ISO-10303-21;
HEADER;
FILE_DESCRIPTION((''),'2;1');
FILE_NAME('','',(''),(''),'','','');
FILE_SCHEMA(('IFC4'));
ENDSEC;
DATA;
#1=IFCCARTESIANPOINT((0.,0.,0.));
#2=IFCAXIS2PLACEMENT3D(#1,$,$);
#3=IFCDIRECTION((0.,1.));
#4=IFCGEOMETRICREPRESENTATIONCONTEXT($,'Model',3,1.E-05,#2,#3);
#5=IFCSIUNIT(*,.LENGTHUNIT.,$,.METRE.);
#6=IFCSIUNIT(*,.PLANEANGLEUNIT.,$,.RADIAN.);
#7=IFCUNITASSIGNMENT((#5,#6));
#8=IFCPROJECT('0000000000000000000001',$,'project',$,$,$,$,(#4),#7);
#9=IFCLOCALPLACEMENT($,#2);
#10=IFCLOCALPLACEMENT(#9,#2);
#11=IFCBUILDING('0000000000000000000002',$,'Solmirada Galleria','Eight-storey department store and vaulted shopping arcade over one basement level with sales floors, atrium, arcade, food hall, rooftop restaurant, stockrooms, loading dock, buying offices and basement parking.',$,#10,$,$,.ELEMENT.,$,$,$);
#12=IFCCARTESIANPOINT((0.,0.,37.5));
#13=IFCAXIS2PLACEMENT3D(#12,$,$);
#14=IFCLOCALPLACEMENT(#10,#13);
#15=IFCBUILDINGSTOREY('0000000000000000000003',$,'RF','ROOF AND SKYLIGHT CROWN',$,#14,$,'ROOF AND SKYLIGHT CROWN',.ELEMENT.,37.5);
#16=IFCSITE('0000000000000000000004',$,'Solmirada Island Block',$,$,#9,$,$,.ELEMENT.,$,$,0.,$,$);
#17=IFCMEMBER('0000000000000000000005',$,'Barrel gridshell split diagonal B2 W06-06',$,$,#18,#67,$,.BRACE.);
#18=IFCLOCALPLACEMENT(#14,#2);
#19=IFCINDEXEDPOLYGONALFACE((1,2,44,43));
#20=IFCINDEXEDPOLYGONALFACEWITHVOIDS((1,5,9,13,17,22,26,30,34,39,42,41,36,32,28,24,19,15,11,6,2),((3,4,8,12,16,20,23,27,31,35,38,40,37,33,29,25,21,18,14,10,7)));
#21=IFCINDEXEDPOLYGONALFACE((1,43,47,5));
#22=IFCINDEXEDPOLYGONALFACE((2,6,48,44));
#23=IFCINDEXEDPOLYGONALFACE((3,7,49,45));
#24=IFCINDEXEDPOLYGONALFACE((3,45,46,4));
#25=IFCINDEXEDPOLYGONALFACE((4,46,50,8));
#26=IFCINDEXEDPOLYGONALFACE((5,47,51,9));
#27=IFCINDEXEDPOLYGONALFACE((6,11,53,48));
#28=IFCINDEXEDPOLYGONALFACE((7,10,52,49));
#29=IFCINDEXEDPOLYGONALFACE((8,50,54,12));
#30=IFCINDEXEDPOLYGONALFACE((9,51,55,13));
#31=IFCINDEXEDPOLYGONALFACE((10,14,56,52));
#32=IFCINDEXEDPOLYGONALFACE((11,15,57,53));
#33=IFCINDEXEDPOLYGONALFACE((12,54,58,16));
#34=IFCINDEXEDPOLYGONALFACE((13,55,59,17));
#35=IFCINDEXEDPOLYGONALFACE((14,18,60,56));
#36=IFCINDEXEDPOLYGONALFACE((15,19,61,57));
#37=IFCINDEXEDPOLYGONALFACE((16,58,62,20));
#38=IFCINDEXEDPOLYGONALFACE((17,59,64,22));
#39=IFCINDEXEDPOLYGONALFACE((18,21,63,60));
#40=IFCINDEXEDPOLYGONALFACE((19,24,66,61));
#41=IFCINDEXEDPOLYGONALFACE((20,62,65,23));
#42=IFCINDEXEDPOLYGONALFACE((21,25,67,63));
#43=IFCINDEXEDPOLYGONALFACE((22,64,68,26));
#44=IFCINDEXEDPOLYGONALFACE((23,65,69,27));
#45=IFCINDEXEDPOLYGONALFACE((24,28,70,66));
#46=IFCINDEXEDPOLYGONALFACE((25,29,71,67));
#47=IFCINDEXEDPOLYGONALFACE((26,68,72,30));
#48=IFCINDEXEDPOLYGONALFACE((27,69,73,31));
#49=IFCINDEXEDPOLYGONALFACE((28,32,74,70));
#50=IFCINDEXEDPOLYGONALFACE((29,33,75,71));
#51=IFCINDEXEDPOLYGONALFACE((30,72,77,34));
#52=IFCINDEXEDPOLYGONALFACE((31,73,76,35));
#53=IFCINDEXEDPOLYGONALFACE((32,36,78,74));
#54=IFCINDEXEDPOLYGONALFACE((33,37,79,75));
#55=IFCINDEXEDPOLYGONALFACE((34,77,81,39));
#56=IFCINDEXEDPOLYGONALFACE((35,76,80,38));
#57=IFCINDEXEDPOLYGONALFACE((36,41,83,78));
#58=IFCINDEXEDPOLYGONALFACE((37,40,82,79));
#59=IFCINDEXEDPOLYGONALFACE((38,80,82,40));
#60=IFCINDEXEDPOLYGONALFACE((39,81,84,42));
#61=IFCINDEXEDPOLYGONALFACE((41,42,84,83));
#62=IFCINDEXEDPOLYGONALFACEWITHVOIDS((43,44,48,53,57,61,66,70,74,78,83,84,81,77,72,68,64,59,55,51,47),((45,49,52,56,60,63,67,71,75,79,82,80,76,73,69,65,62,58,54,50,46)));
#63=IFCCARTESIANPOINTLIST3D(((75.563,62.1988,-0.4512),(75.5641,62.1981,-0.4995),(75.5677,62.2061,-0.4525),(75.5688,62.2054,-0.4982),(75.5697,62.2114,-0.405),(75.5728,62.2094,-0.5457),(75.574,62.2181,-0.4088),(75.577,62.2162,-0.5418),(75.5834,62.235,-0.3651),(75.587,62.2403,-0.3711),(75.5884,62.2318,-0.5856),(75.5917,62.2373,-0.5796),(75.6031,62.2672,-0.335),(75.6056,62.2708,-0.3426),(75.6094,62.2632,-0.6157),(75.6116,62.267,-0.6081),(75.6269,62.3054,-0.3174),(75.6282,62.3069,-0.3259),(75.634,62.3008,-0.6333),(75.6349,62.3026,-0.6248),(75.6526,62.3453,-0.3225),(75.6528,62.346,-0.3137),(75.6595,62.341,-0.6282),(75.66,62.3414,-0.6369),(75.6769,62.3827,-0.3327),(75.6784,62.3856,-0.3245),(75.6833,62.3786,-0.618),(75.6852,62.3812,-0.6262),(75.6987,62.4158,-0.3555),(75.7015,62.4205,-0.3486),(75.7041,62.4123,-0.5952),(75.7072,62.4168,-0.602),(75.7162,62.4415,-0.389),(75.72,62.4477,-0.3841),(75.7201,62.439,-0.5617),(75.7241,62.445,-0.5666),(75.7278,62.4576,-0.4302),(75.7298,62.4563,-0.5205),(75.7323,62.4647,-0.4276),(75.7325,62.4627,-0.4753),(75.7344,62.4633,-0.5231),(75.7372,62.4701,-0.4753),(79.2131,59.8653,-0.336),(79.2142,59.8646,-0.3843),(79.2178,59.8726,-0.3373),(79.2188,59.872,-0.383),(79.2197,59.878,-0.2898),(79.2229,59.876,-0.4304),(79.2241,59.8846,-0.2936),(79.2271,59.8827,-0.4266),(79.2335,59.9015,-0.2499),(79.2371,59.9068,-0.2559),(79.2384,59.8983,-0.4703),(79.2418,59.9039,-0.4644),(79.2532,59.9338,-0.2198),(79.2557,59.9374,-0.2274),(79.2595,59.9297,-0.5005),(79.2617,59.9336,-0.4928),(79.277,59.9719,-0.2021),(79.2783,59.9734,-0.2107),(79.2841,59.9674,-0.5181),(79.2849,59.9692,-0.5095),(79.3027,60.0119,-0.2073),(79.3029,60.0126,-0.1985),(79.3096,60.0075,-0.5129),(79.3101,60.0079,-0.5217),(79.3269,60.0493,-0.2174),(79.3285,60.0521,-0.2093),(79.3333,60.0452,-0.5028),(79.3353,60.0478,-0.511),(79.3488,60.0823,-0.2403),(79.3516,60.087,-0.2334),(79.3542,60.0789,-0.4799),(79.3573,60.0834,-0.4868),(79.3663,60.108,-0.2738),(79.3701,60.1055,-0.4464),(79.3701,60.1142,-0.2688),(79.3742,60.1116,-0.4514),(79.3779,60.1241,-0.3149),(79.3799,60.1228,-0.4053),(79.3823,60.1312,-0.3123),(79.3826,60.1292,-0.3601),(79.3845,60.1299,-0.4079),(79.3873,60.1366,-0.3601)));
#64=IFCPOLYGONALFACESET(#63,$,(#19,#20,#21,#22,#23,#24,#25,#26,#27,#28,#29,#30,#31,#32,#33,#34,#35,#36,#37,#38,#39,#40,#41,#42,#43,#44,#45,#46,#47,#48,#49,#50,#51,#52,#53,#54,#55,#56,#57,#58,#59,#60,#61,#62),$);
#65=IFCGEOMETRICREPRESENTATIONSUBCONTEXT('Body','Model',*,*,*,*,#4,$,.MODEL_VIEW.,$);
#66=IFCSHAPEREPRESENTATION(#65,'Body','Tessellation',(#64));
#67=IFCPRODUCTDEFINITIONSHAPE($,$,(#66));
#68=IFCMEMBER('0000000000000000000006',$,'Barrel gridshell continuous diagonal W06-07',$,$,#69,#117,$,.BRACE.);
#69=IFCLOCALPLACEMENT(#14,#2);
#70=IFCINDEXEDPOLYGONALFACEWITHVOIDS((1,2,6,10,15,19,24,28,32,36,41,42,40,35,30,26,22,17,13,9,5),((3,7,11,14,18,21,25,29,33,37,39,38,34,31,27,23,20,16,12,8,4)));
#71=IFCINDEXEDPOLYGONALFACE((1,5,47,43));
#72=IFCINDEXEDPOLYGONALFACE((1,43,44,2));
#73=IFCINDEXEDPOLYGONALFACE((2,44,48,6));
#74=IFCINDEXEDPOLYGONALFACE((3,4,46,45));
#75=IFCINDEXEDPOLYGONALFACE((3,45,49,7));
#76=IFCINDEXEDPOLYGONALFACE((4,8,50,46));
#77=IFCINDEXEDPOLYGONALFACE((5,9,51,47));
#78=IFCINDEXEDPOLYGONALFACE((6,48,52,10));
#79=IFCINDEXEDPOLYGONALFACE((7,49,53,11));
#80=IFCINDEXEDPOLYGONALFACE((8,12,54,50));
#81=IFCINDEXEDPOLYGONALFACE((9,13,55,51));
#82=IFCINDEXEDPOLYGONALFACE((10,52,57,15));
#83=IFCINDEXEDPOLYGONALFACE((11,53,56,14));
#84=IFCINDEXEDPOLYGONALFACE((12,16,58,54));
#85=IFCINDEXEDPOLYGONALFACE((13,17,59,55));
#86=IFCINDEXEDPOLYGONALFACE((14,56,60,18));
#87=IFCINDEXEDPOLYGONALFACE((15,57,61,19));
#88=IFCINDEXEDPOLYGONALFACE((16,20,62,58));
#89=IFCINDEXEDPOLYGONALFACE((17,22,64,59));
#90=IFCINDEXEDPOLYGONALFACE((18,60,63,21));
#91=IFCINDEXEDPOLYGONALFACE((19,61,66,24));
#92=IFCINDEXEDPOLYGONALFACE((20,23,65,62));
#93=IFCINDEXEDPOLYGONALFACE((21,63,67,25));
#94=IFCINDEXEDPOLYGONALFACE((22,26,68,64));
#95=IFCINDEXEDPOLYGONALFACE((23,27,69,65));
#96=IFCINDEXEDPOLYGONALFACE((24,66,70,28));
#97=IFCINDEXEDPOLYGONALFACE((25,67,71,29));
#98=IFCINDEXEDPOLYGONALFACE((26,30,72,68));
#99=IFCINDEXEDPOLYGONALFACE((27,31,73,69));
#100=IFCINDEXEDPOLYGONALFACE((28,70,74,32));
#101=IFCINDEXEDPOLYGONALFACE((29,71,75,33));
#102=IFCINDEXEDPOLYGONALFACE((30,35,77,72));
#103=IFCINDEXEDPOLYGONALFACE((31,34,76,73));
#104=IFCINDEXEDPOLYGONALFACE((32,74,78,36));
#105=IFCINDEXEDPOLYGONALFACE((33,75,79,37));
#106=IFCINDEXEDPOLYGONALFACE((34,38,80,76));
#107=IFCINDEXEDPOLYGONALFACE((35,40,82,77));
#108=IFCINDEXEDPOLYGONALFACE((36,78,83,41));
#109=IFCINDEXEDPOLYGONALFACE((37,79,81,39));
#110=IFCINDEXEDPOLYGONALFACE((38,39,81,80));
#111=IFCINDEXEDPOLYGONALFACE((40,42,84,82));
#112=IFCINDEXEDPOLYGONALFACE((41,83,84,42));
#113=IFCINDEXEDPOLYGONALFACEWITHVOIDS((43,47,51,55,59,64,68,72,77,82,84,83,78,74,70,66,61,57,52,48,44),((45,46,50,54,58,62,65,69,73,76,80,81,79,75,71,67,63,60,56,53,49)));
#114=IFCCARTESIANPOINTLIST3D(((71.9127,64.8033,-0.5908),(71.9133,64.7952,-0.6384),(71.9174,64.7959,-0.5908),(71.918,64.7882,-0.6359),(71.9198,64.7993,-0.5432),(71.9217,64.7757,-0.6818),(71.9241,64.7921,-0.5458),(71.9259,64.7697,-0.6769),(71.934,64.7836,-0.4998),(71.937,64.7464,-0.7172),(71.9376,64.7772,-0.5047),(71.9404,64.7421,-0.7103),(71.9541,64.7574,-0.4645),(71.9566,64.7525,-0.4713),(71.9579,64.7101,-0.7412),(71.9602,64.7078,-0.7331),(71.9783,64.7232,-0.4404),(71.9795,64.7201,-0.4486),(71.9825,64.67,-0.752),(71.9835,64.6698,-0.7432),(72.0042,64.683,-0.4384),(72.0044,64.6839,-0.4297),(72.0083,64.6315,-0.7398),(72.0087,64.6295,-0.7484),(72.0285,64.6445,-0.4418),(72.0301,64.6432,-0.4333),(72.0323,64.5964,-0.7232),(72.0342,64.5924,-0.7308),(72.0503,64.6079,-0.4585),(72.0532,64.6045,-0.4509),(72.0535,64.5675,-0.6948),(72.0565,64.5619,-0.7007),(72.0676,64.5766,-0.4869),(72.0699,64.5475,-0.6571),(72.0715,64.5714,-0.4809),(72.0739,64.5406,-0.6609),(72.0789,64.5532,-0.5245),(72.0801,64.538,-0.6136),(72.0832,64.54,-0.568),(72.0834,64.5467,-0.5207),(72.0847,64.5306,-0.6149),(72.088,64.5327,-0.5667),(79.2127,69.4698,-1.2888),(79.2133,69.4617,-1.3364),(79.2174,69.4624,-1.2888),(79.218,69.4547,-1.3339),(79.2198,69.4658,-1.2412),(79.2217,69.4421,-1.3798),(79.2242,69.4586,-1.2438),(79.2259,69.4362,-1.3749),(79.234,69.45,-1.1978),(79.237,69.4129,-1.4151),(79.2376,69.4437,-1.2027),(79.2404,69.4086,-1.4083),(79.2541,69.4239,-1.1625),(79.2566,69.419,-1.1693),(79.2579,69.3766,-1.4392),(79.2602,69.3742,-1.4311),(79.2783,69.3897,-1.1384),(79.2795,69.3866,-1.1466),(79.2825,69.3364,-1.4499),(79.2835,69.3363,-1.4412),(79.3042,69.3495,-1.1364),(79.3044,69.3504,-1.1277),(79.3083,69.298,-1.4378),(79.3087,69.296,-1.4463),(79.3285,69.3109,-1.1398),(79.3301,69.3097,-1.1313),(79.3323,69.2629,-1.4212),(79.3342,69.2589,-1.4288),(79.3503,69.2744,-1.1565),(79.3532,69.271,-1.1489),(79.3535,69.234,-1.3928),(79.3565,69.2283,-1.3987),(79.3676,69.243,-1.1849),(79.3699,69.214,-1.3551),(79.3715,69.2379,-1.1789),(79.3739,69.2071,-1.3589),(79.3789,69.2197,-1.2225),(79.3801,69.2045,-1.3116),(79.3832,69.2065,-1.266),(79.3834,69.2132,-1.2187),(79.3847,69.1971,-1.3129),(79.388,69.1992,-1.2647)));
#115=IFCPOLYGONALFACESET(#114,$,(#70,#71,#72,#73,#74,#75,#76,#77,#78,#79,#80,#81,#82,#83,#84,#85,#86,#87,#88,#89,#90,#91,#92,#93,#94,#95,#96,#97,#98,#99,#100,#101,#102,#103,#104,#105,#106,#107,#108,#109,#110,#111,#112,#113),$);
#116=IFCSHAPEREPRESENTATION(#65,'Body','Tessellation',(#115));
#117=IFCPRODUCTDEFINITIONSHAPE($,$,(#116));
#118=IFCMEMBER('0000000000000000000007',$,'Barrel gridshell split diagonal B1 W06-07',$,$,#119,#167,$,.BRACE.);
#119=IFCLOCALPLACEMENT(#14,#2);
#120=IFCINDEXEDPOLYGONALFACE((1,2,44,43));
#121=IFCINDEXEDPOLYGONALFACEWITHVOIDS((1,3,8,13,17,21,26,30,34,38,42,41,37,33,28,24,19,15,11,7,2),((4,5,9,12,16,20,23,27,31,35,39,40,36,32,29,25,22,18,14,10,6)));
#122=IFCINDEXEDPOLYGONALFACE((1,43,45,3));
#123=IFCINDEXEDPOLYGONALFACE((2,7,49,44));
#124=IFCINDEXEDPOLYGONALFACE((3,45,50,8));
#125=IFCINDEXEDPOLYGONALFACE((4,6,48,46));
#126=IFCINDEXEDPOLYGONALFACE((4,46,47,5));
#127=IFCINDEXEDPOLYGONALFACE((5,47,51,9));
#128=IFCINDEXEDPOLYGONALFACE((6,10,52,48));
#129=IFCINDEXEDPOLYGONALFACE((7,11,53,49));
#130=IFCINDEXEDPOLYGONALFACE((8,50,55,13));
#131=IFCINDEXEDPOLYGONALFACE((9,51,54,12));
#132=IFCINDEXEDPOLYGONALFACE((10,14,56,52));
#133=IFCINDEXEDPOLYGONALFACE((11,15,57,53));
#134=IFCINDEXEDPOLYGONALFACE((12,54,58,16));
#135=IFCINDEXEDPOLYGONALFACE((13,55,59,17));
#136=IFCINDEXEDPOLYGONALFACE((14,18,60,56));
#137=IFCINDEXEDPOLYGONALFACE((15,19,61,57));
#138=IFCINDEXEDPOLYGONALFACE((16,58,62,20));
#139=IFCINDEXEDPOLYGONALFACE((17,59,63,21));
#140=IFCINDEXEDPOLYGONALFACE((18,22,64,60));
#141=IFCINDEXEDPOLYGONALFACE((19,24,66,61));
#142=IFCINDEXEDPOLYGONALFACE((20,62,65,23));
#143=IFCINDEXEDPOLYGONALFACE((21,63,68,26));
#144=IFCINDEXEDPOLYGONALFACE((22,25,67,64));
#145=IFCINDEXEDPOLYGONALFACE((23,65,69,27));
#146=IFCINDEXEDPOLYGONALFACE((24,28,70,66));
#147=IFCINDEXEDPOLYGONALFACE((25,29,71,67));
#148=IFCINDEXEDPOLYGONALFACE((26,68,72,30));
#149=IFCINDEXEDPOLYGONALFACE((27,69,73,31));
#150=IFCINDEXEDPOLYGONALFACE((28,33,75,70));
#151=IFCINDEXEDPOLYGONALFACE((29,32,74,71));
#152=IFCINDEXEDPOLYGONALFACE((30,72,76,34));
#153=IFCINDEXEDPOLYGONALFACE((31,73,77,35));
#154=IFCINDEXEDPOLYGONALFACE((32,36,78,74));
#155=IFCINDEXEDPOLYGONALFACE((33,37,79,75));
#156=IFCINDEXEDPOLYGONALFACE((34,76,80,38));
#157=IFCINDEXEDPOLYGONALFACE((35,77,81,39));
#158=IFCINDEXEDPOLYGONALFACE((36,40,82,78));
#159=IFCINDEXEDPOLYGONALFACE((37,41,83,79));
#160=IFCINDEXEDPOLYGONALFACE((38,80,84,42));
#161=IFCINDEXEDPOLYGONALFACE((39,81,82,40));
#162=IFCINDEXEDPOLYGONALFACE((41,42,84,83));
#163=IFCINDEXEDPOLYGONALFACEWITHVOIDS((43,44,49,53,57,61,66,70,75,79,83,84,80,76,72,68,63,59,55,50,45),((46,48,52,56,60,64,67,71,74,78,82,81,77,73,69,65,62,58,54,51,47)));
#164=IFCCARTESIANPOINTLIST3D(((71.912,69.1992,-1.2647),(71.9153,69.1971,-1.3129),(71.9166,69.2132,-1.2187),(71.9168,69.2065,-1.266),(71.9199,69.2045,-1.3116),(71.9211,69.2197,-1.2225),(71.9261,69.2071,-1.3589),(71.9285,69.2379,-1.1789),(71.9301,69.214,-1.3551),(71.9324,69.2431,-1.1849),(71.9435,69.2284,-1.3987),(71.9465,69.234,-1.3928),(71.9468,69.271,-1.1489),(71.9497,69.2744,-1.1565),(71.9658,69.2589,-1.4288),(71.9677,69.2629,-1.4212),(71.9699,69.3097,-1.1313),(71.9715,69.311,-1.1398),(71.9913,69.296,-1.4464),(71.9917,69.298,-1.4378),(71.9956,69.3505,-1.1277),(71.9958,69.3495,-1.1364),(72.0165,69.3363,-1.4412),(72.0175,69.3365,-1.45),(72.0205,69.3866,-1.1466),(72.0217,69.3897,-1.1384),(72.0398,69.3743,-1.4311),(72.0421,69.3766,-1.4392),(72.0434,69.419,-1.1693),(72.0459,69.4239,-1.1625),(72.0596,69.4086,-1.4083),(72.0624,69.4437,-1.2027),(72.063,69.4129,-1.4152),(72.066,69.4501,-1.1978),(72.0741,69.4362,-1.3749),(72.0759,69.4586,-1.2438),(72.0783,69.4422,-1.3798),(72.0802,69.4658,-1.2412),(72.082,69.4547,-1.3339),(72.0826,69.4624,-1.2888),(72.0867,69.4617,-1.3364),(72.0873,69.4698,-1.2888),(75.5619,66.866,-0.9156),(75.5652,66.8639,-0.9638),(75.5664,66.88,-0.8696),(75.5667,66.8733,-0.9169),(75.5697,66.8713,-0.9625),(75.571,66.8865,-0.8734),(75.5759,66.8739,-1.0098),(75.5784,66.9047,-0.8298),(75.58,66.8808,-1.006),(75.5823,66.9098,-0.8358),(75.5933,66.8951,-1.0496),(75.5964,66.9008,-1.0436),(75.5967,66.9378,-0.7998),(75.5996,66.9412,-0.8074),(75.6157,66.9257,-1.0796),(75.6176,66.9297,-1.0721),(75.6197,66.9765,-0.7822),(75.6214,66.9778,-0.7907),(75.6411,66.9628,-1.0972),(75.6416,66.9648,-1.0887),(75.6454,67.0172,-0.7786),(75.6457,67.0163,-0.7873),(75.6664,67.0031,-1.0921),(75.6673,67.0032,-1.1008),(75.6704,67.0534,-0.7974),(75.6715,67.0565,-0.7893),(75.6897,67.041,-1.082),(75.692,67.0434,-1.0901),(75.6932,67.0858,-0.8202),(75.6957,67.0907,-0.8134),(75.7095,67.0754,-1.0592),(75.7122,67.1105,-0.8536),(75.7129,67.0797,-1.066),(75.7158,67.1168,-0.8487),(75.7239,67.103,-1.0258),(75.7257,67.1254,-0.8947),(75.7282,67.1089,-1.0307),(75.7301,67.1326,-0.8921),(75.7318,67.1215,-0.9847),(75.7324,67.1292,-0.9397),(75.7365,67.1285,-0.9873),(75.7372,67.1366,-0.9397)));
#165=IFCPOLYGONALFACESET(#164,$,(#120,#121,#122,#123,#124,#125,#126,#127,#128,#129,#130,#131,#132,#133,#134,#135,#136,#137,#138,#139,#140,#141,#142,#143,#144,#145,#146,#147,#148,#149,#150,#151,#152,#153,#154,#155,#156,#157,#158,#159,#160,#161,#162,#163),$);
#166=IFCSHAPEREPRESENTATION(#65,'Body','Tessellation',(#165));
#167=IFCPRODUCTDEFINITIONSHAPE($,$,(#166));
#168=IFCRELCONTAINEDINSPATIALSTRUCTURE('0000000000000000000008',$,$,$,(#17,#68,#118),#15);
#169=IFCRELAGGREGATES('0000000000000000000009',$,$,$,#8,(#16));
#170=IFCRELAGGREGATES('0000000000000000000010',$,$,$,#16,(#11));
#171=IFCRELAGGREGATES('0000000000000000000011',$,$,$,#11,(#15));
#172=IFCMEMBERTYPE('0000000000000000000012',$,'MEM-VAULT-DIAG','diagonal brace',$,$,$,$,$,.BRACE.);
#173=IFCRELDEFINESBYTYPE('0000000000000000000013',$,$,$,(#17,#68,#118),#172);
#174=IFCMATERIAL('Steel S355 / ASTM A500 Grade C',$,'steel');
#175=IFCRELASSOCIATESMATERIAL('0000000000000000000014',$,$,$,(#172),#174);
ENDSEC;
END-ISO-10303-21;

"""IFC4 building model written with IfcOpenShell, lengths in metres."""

from ifc_helpers import new_model, si_unit, direction, frame, origin, origin_2d, place, context, subcontext, project, spatial, hollow_circle, extrude, material, material_profile, profile_set, type_object, element, save


model = new_model("IFC4")

# Units and contexts
model_context = context("Model", 3, precision=1e-05, world=origin(), true_north=direction((0.0, 1.0)))
body_context = subcontext(model_context, "Body", "Model", "MODEL_VIEW")
ifc_project = project(units=[si_unit("LENGTHUNIT", "METRE"), si_unit("PLANEANGLEUNIT", "RADIAN")], contexts=[model_context])

# Site, building, storey
site_placement = place(None, origin())
site = spatial("IfcSite", under=ifc_project, at=site_placement, Name="Solmirada Island Block", CompositionType="ELEMENT", RefElevation=0.0)
building_placement = place(site_placement, origin())
building = spatial("IfcBuilding", under=site, at=building_placement, Name="Solmirada Galleria", Description="Eight-storey department store and vaulted shopping arcade over one basement level with sales floors, atrium, arcade, food hall, rooftop restaurant, stockrooms, loading dock, buying offices and basement parking.", CompositionType="ELEMENT")
storey_placement = place(building_placement, frame((0.0, 0.0, 37.5)))
storey = spatial("IfcBuildingStorey", under=building, at=storey_placement, Name="RF", Description="ROOF AND SKYLIGHT CROWN", LongName="ROOF AND SKYLIGHT CROWN", CompositionType="ELEMENT", Elevation=37.5)

# Members
ifc_material_1 = material(Name="Steel S355 / ASTM A500 Grade C", Category="steel")
ifc_material_profile_1 = material_profile(ifc_material_1, hollow_circle(Radius=0.1621, WallThickness=0.0088, at=origin_2d()), Name="HSS12.750X0.375")
ifc_profile_set_1 = profile_set([ifc_material_profile_1], Name="Steel S355 / ASTM A500 Grade C")
member_type_1 = type_object("IfcMemberType", Name="MEM-VAULT-DIAG", Description="diagonal brace", PredefinedType="BRACE", material=ifc_profile_set_1)
member_1_placement = place(storey_placement, frame((75.6499, 62.3335, -0.4753), z_axis=(0.842246, -0.538438, 0.02659), x_axis=(0.538628, 0.842544, 0.0)))
element("IfcMember", 1, at=member_1_placement, inside=storey, type_object=member_type_1, Name="Barrel gridshell split diagonal B2 W06-06", PredefinedType="BRACE", context=body_context, shape_type="SweptSolid", body=[
    extrude(hollow_circle(Radius=0.1621, WallThickness=0.0088, at=origin_2d()), origin(), (0.0, 0.0, 1.0), 4.3337),
])
member_2_placement = place(storey_placement, frame((72.0, 64.6667, -0.5908), z_axis=(0.83984, 0.536862, -0.080302), x_axis=(-0.538601, 0.842561, 0.0)))
element("IfcMember", 2, at=member_2_placement, inside=storey, type_object=member_type_1, Name="Barrel gridshell continuous diagonal W06-07", PredefinedType="BRACE", context=body_context, shape_type="SweptSolid", body=[
    extrude(hollow_circle(Radius=0.1621, WallThickness=0.0088, at=origin_2d()), origin(), (0.0, 0.0, 1.0), 8.6921),
])
member_3_placement = place(storey_placement, frame((72.0, 69.3333, -1.2888), z_axis=(0.83983, -0.536873, 0.080332), x_axis=(0.538614, 0.842553, 0.0)))
element("IfcMember", 3, at=member_3_placement, inside=storey, type_object=member_type_1, Name="Barrel gridshell split diagonal B1 W06-07", PredefinedType="BRACE", context=body_context, shape_type="SweptSolid", body=[
    extrude(hollow_circle(Radius=0.1621, WallThickness=0.0088, at=origin_2d()), origin(), (0.0, 0.0, 1.0), 4.3459),
])

save(model, "model.ifc")
